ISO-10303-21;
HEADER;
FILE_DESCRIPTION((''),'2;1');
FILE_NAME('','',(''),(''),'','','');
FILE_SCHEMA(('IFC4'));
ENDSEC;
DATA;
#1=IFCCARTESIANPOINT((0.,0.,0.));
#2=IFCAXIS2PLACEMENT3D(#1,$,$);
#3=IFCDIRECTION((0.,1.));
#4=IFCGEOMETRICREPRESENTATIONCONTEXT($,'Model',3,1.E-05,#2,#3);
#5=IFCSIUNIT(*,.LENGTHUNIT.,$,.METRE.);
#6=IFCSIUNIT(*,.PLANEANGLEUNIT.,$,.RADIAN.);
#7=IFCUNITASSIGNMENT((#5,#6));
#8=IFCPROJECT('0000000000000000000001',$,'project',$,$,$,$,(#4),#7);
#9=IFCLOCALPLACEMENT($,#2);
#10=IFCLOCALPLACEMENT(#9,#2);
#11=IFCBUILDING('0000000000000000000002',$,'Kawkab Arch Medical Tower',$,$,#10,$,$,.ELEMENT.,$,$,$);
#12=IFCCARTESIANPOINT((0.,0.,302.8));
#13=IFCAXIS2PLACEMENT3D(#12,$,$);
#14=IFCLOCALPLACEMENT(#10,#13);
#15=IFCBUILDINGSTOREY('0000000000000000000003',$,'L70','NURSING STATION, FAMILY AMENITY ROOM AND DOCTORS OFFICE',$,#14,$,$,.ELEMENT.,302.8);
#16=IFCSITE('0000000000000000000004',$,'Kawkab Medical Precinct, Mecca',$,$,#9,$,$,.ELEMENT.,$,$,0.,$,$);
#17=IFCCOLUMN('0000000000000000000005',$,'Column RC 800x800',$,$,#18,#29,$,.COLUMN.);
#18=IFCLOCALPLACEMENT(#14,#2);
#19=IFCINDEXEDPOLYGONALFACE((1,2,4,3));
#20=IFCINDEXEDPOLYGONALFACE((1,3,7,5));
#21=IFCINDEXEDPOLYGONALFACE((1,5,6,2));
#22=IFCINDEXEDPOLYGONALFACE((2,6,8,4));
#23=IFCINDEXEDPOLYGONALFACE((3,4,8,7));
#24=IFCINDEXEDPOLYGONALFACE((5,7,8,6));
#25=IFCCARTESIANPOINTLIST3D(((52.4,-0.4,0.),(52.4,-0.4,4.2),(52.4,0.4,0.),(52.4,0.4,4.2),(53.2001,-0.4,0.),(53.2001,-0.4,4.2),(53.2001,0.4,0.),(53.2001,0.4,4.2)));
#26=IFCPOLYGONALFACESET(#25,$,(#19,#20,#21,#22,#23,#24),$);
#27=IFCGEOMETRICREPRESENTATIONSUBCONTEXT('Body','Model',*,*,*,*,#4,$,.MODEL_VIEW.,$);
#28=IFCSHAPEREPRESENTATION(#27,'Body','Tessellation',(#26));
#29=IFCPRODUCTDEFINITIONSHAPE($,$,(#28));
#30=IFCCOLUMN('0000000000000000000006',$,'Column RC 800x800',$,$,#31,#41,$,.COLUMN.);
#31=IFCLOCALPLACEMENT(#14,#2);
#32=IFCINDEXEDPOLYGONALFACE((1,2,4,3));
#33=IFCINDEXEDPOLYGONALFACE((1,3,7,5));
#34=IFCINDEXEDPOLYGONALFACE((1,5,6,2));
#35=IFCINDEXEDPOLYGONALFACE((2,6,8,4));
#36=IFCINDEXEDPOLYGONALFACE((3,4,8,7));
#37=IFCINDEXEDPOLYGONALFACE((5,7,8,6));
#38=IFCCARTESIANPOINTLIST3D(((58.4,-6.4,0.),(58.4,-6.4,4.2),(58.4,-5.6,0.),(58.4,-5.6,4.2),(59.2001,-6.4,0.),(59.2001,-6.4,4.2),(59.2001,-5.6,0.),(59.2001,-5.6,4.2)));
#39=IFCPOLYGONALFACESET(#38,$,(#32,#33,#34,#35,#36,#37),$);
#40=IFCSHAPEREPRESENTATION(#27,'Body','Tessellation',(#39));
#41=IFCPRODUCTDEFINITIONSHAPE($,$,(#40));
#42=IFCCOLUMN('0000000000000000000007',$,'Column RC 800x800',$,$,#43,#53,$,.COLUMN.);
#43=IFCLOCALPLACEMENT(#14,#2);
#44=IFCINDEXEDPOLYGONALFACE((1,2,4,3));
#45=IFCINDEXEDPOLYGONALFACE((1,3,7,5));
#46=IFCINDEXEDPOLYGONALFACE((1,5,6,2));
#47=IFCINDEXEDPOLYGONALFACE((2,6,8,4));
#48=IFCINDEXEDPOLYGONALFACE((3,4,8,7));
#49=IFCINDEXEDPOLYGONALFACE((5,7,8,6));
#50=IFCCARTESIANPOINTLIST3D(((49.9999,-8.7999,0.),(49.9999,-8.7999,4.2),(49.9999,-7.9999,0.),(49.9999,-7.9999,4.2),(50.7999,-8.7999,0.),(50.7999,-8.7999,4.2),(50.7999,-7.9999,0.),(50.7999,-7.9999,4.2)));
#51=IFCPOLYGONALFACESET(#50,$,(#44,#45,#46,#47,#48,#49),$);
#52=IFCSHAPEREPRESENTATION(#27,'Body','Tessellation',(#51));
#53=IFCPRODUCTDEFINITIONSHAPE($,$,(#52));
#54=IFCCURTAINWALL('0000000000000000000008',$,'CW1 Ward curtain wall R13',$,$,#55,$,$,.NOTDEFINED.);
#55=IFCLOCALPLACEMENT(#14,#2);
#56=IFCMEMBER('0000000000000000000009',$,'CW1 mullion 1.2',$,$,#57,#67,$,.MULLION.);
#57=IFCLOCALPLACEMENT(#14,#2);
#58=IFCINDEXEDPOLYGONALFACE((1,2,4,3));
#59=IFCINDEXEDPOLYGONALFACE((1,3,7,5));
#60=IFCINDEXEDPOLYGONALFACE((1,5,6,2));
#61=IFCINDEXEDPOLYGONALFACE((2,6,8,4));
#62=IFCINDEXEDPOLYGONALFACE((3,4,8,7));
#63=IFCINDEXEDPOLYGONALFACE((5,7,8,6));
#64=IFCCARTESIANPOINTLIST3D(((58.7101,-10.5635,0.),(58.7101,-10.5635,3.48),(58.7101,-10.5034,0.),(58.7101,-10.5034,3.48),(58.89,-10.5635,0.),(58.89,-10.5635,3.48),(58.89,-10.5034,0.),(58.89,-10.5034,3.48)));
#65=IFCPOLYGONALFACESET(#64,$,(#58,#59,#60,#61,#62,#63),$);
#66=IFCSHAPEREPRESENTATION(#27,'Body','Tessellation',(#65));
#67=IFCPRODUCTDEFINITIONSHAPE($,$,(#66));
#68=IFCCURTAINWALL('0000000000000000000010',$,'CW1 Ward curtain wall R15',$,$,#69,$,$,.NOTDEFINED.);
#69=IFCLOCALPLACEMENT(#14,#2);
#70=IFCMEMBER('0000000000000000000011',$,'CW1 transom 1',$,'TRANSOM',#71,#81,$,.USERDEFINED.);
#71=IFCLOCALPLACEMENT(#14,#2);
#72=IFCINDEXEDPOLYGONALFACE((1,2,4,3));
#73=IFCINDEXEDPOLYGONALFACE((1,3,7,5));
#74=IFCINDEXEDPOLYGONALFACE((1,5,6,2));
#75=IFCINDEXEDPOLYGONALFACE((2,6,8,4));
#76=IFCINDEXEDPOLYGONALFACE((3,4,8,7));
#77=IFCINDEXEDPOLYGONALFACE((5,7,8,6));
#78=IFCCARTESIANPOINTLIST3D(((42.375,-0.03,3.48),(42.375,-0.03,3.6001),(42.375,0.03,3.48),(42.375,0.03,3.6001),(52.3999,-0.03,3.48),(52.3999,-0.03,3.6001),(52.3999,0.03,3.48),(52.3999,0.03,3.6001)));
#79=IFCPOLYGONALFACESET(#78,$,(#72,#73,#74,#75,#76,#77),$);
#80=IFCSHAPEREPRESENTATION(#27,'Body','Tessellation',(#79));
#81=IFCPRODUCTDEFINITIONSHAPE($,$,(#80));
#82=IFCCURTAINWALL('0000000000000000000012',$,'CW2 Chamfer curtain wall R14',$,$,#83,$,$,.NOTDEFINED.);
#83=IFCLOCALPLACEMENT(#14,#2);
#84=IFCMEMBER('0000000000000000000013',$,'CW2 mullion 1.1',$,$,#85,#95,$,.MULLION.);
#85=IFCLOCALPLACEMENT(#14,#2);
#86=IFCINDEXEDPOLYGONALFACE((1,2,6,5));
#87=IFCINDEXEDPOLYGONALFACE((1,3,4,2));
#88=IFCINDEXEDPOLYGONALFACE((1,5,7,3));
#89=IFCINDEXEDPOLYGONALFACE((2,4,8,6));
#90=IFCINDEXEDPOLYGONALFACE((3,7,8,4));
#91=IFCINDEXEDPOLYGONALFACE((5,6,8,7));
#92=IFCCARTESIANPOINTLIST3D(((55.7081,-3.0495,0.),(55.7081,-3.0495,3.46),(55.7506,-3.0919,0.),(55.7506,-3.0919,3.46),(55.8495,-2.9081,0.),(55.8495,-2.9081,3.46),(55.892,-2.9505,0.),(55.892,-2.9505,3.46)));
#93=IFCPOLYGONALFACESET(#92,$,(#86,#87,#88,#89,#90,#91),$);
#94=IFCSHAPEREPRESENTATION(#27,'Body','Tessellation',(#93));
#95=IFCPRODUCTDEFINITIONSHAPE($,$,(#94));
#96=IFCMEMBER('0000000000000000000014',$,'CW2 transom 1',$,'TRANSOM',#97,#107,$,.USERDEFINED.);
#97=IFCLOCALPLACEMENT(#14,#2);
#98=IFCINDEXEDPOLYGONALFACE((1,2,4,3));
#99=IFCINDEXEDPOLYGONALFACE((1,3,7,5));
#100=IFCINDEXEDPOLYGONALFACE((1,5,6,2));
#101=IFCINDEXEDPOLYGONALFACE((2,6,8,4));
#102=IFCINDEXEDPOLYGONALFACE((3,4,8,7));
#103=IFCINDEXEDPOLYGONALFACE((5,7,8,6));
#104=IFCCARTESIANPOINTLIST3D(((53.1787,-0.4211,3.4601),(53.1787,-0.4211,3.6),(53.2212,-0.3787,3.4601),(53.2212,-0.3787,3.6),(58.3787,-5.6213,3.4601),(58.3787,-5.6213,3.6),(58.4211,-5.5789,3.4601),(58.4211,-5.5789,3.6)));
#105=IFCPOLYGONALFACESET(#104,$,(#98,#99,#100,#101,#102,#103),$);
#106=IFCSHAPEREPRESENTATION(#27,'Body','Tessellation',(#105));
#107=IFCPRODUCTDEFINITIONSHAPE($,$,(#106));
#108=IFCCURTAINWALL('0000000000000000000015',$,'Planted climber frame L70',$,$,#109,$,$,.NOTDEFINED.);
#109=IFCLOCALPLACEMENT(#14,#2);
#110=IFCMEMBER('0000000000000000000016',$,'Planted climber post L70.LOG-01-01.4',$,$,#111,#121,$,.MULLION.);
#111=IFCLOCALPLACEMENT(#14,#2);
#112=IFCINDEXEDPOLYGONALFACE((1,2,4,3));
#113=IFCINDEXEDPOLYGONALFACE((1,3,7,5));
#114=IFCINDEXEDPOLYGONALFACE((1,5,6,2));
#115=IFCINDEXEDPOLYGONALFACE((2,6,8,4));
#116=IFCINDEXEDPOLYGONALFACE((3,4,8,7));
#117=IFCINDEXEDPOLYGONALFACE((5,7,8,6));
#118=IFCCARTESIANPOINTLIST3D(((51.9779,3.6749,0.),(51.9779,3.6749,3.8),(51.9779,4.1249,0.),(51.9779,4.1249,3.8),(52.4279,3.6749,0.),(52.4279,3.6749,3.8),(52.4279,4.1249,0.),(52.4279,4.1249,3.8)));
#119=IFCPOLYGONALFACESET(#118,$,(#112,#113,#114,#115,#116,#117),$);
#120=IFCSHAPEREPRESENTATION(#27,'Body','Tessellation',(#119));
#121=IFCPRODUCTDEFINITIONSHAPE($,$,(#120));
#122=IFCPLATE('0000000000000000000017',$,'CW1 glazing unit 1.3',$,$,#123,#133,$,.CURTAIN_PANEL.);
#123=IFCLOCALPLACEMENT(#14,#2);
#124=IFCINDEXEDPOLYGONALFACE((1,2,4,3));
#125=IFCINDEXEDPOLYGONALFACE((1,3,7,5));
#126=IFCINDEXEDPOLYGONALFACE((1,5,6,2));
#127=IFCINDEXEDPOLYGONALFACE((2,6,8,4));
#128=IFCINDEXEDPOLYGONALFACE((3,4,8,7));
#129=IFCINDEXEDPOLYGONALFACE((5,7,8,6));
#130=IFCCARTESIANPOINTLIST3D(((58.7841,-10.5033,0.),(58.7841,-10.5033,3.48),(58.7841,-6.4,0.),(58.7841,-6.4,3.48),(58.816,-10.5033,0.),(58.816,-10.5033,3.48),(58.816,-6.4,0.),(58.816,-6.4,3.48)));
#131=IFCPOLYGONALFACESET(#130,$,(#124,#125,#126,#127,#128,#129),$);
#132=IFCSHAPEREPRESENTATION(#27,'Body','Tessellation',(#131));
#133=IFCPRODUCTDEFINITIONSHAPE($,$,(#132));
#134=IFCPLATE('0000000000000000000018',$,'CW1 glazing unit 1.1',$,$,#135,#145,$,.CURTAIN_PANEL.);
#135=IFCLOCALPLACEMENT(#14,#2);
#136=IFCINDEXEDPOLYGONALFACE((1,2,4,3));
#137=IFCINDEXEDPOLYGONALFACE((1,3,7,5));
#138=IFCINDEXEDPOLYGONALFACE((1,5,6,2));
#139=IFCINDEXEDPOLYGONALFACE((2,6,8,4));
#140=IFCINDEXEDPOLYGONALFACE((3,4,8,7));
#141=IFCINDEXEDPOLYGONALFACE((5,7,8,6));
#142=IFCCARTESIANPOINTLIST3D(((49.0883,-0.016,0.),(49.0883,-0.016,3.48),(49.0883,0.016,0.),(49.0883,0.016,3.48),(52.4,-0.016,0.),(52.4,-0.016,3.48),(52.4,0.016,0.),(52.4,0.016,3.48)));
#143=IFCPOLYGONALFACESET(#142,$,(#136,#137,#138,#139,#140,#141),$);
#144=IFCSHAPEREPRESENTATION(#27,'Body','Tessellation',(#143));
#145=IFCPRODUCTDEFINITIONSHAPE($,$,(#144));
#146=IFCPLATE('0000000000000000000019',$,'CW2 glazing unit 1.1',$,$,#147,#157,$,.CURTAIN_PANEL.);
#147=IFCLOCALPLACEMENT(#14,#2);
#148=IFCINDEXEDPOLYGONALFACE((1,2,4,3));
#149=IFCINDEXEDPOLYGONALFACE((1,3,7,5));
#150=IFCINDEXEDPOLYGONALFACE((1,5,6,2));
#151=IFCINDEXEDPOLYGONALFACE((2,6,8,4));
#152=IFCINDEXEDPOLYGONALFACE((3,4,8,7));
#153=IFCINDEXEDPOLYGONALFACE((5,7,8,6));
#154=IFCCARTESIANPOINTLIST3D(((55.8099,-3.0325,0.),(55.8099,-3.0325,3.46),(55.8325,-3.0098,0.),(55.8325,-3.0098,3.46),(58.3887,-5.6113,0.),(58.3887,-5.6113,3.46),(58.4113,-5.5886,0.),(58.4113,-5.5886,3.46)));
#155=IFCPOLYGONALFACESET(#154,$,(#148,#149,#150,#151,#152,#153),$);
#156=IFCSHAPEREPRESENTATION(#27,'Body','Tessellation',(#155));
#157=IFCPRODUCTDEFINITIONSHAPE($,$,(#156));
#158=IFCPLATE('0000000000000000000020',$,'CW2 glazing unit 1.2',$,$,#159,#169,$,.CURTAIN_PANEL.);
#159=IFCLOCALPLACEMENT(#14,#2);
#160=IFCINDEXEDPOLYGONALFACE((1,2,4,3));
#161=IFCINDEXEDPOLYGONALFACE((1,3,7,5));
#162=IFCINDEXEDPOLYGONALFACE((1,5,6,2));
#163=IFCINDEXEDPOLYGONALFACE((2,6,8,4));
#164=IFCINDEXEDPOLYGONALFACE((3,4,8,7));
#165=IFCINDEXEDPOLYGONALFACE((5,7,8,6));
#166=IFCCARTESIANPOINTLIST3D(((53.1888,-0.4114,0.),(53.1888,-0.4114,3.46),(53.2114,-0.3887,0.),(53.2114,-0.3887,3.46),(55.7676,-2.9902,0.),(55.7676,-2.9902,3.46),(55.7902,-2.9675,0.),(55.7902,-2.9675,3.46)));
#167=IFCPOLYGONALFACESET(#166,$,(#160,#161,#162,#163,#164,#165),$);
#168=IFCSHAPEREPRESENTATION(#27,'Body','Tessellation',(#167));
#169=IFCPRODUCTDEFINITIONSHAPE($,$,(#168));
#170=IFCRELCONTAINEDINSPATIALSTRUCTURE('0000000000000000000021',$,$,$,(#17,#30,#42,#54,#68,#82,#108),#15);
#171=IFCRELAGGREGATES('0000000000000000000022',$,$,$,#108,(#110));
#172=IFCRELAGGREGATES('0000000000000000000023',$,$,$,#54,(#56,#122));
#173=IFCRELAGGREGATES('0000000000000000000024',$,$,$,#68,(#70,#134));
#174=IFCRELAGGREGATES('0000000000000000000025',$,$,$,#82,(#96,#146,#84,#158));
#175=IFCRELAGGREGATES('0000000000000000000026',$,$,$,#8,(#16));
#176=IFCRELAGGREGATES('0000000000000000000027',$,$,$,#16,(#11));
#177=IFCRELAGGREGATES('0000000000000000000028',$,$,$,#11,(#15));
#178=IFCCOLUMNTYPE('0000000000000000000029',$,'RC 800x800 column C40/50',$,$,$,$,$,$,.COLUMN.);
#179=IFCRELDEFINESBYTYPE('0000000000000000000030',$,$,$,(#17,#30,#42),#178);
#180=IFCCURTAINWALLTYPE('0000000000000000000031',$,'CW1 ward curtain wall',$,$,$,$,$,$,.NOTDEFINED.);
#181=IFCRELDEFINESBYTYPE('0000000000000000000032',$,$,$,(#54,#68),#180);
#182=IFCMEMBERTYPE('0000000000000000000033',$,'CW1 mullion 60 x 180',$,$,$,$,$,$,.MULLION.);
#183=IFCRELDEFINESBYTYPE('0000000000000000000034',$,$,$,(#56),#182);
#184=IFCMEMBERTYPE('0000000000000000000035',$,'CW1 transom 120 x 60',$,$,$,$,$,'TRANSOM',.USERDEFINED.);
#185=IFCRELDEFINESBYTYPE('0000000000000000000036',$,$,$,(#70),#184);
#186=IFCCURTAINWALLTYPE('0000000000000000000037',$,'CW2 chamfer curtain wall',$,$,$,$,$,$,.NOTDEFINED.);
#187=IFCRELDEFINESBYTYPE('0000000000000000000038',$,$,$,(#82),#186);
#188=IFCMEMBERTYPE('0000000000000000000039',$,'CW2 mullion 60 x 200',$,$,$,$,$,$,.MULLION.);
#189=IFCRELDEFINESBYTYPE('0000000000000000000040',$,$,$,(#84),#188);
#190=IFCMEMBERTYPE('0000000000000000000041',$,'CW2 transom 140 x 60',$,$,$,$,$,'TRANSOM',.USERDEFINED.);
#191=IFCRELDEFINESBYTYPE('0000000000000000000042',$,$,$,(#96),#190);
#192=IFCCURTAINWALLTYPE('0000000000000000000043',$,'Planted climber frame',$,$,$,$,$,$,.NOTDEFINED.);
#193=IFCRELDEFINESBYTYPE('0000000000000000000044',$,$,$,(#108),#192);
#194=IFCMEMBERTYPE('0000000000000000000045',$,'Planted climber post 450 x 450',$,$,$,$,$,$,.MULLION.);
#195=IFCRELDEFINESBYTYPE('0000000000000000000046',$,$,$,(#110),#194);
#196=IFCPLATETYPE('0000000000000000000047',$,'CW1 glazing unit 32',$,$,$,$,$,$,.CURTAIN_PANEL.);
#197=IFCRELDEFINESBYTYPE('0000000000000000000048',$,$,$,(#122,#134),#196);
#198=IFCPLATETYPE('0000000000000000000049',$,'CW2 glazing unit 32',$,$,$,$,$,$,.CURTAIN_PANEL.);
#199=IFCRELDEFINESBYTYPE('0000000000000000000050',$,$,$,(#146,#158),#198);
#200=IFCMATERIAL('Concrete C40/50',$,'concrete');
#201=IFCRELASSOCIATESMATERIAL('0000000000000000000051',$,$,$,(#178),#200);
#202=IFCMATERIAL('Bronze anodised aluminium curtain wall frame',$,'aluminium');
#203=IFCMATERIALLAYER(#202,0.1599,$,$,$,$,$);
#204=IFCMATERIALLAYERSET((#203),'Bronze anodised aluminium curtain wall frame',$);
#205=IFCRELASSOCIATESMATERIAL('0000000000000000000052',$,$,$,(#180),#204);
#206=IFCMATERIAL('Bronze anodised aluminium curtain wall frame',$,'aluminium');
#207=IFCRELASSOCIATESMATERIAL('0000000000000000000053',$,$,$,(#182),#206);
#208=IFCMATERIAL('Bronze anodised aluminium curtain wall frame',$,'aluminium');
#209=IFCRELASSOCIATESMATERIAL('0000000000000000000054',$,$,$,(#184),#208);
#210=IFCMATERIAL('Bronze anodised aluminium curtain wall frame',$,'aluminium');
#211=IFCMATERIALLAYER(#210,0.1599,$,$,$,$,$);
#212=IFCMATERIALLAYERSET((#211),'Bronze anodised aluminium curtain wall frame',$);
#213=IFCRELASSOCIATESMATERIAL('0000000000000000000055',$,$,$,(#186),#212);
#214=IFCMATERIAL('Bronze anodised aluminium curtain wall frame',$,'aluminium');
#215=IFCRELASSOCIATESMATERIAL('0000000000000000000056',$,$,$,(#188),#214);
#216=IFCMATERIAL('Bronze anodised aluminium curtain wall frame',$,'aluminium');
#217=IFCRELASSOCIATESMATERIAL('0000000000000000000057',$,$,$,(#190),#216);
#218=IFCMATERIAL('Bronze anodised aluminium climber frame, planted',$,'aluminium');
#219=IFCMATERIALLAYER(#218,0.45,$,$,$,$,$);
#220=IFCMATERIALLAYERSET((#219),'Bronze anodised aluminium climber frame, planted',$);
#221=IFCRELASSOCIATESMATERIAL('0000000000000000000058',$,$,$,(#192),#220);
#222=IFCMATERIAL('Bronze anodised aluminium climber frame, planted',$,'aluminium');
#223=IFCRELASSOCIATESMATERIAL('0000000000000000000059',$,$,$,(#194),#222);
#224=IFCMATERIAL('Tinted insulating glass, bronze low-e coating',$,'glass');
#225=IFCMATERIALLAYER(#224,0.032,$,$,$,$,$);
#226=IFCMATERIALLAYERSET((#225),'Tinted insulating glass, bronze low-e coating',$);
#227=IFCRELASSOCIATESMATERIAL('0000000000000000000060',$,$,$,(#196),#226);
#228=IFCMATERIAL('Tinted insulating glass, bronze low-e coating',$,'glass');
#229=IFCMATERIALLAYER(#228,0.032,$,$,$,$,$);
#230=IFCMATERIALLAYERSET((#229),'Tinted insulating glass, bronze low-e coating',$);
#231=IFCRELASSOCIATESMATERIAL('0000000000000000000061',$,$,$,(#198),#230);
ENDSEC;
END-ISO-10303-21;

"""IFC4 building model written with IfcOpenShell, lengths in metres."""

from ifc_helpers import new_model, si_unit, direction, frame, origin, origin_2d, place, context, subcontext, project, spatial, rectangle, extrude, material, layer, layer_set, material_profile, profile_set, type_object, element, aggregate, save


model = new_model("IFC4")

# Units and contexts
model_context = context("Model", 3, precision=1e-05, world=origin(), true_north=direction((0.0, 1.0)))
body_context = subcontext(model_context, "Body", "Model", "MODEL_VIEW")
ifc_project = project(units=[si_unit("LENGTHUNIT", "METRE"), si_unit("PLANEANGLEUNIT", "RADIAN")], contexts=[model_context])

# Site, building, storey
site_placement = place(None, origin())
site = spatial("IfcSite", under=ifc_project, at=site_placement, Name="Kawkab Medical Precinct, Mecca", CompositionType="ELEMENT", RefElevation=0.0)
building_placement = place(site_placement, origin())
building = spatial("IfcBuilding", under=site, at=building_placement, Name="Kawkab Arch Medical Tower", CompositionType="ELEMENT")
storey_placement = place(building_placement, frame((0.0, 0.0, 302.8)))
storey = spatial("IfcBuildingStorey", under=building, at=storey_placement, Name="L70", Description="NURSING STATION, FAMILY AMENITY ROOM AND DOCTORS OFFICE", CompositionType="ELEMENT", Elevation=302.8)

# Columns
ifc_material_1 = material(Name="Concrete C40/50", Category="concrete")
ifc_material_profile_1 = material_profile(ifc_material_1, rectangle(XDim=0.8, YDim=0.8, at=origin_2d()), Name="RC 800x800")
ifc_profile_set_1 = profile_set([ifc_material_profile_1], Name="Concrete C40/50")
column_type = type_object("IfcColumnType", Name="RC 800x800 column C40/50", PredefinedType="COLUMN", material=ifc_profile_set_1)
for number, where, z_axis, x_axis, name in (
    (1, (52.8, 0.0, 0.0), (0.0, 0.0, 1.0), (1.0, 0.0, 0.0), "Column RC 800x800"),
    (2, (58.8, -6.0, 0.0), (0.0, 0.0, 1.0), (1.0, 0.0, 0.0), "Column RC 800x800"),
    (3, (50.3999, -8.3999, 0.0), (0.0, 0.0, 1.0), (1.0, 0.0, 0.0), "Column RC 800x800"),
):
    element("IfcColumn", number, at=place(storey_placement, frame(where, z_axis=z_axis, x_axis=x_axis)), inside=storey, type_object=column_type, Name=name, PredefinedType="COLUMN", context=body_context, shape_type="SweptSolid", body=[
        extrude(rectangle(XDim=0.8, YDim=0.8, at=origin_2d()), origin(), (0.0, 0.0, 1.0), 4.2),
    ])

# Curtain walls, members
ifc_material_2 = material(Name="Bronze anodised aluminium curtain wall frame", Category="aluminium")
ifc_layer_1 = layer(ifc_material_2, 0.1599)
ifc_layer_set_1 = layer_set([ifc_layer_1], Name="Bronze anodised aluminium curtain wall frame")
curtain_wall_type_1 = type_object("IfcCurtainWallType", Name="CW1 ward curtain wall", PredefinedType="NOTDEFINED", material=ifc_layer_set_1)
placement = place(storey_placement, origin())
curtain_wall_1 = element("IfcCurtainWall", 4, at=placement, inside=storey, type_object=curtain_wall_type_1, Name="CW1 Ward curtain wall R13", PredefinedType="NOTDEFINED")
ifc_material_3 = material(Name="Bronze anodised aluminium curtain wall frame", Category="aluminium")
ifc_material_profile_2 = material_profile(ifc_material_3, rectangle(XDim=0.1799, YDim=0.0601, at=origin_2d()), Name="AL 60x180")
ifc_profile_set_2 = profile_set([ifc_material_profile_2], Name="Bronze anodised aluminium curtain wall frame")
member_type_1 = type_object("IfcMemberType", Name="CW1 mullion 60 x 180", PredefinedType="MULLION", material=ifc_profile_set_2)
member_1_placement = place(storey_placement, frame((58.8, -10.5334, 0.0), z_axis=(0.0, 0.0, 1.0), x_axis=(-1.0, 0.0, 0.0)))
member_1 = element("IfcMember", 5, at=member_1_placement, type_object=member_type_1, Name="CW1 mullion 1.2", PredefinedType="MULLION", context=body_context, shape_type="SweptSolid", body=[
    extrude(rectangle(XDim=0.1799, YDim=0.0601, at=origin_2d()), origin(), (0.0, 0.0, 1.0), 3.48),
])
curtain_wall_2 = element("IfcCurtainWall", 6, at=placement, inside=storey, type_object=curtain_wall_type_1, Name="CW1 Ward curtain wall R15", PredefinedType="NOTDEFINED")
ifc_material_4 = material(Name="Bronze anodised aluminium curtain wall frame", Category="aluminium")
ifc_material_profile_3 = material_profile(ifc_material_4, rectangle(XDim=0.0601, YDim=0.1201, at=origin_2d()), Name="AL 60x120")
ifc_profile_set_3 = profile_set([ifc_material_profile_3], Name="Bronze anodised aluminium curtain wall frame")
member_type_2 = type_object("IfcMemberType", Name="CW1 transom 120 x 60", ElementType="TRANSOM", PredefinedType="USERDEFINED", material=ifc_profile_set_3)
member_2_placement = place(storey_placement, frame((52.3999, 0.0, 3.54), z_axis=(-1.0, 0.0, 0.0), x_axis=(0.0, -1.0, 0.0)))
member_2 = element("IfcMember", 7, at=member_2_placement, type_object=member_type_2, Name="CW1 transom 1", ObjectType="TRANSOM", PredefinedType="USERDEFINED", context=body_context, shape_type="SweptSolid", body=[
    extrude(rectangle(XDim=0.0601, YDim=0.1201, at=origin_2d()), origin(), (0.0, 0.0, 1.0), 10.0249),
])

# Curtain wall, members
ifc_material_5 = material(Name="Bronze anodised aluminium curtain wall frame", Category="aluminium")
ifc_layer_2 = layer(ifc_material_5, 0.1599)
ifc_layer_set_2 = layer_set([ifc_layer_2], Name="Bronze anodised aluminium curtain wall frame")
curtain_wall_type_2 = type_object("IfcCurtainWallType", Name="CW2 chamfer curtain wall", PredefinedType="NOTDEFINED", material=ifc_layer_set_2)
curtain_wall_3 = element("IfcCurtainWall", 8, at=placement, inside=storey, type_object=curtain_wall_type_2, Name="CW2 Chamfer curtain wall R14", PredefinedType="NOTDEFINED")
ifc_material_6 = material(Name="Bronze anodised aluminium curtain wall frame", Category="aluminium")
ifc_material_profile_4 = material_profile(ifc_material_6, rectangle(XDim=0.2, YDim=0.0601, at=origin_2d()), Name="AL 60x200")
ifc_profile_set_4 = profile_set([ifc_material_profile_4], Name="Bronze anodised aluminium curtain wall frame")
member_type_3 = type_object("IfcMemberType", Name="CW2 mullion 60 x 200", PredefinedType="MULLION", material=ifc_profile_set_4)
member_3_placement = place(storey_placement, frame((55.8, -3.0, 0.0), z_axis=(0.0, 0.0, 1.0), x_axis=(-0.707107, -0.707107, 0.0)))
member_3 = element("IfcMember", 9, at=member_3_placement, type_object=member_type_3, Name="CW2 mullion 1.1", PredefinedType="MULLION", context=body_context, shape_type="SweptSolid", body=[
    extrude(rectangle(XDim=0.2, YDim=0.0601, at=origin_2d()), origin(), (0.0, 0.0, 1.0), 3.46),
])
ifc_material_7 = material(Name="Bronze anodised aluminium curtain wall frame", Category="aluminium")
ifc_material_profile_5 = material_profile(ifc_material_7, rectangle(XDim=0.0601, YDim=0.1399, at=origin_2d()), Name="AL 60x140")
ifc_profile_set_5 = profile_set([ifc_material_profile_5], Name="Bronze anodised aluminium curtain wall frame")
member_type_4 = type_object("IfcMemberType", Name="CW2 transom 140 x 60", ElementType="TRANSOM", PredefinedType="USERDEFINED", material=ifc_profile_set_5)
member_4_placement = place(storey_placement, frame((58.3999, -5.6001, 3.53), z_axis=(-0.70709, 0.707123, 0.0), x_axis=(-0.707123, -0.70709, 0.0)))
member_4 = element("IfcMember", 10, at=member_4_placement, type_object=member_type_4, Name="CW2 transom 1", ObjectType="TRANSOM", PredefinedType="USERDEFINED", context=body_context, shape_type="SweptSolid", body=[
    extrude(rectangle(XDim=0.0601, YDim=0.1399, at=origin_2d()), origin(), (0.0, 0.0, 1.0), 7.354),
])

# Curtain wall, member
ifc_material_8 = material(Name="Bronze anodised aluminium climber frame, planted", Category="aluminium")
ifc_layer_3 = layer(ifc_material_8, 0.45)
ifc_layer_set_3 = layer_set([ifc_layer_3], Name="Bronze anodised aluminium climber frame, planted")
curtain_wall_type_3 = type_object("IfcCurtainWallType", Name="Planted climber frame", PredefinedType="NOTDEFINED", material=ifc_layer_set_3)
curtain_wall_4 = element("IfcCurtainWall", 11, at=placement, inside=storey, type_object=curtain_wall_type_3, Name="Planted climber frame L70", PredefinedType="NOTDEFINED")
ifc_material_9 = material(Name="Bronze anodised aluminium climber frame, planted", Category="aluminium")
ifc_material_profile_6 = material_profile(ifc_material_9, rectangle(XDim=0.45, YDim=0.45, at=origin_2d()), Name="Post 450x450")
ifc_profile_set_6 = profile_set([ifc_material_profile_6], Name="Bronze anodised aluminium climber frame, planted")
member_type_5 = type_object("IfcMemberType", Name="Planted climber post 450 x 450", PredefinedType="MULLION", material=ifc_profile_set_6)
member_5_placement = place(storey_placement, frame((52.2029, 3.8999, 0.0), z_axis=(0.0, 0.0, 1.0), x_axis=(1.0, 0.0, 0.0)))
member_5 = element("IfcMember", 12, at=member_5_placement, type_object=member_type_5, Name="Planted climber post L70.LOG-01-01.4", PredefinedType="MULLION", context=body_context, shape_type="SweptSolid", body=[
    extrude(rectangle(XDim=0.45, YDim=0.45, at=origin_2d()), origin(), (0.0, 0.0, 1.0), 3.8),
])
aggregate(curtain_wall_4, [member_5])

# Plates
ifc_material_10 = material(Name="Tinted insulating glass, bronze low-e coating", Category="glass")
ifc_layer_4 = layer(ifc_material_10, 0.032)
ifc_layer_set_4 = layer_set([ifc_layer_4], Name="Tinted insulating glass, bronze low-e coating")
plate_type_1 = type_object("IfcPlateType", Name="CW1 glazing unit 32", PredefinedType="CURTAIN_PANEL", material=ifc_layer_set_4)
plate_1_placement = place(storey_placement, frame((58.8, -8.4517, 0.0), z_axis=(0.0, 0.0, 1.0), x_axis=(0.0, 1.0, 0.0)))
plate_1 = element("IfcPlate", 13, at=plate_1_placement, type_object=plate_type_1, Name="CW1 glazing unit 1.3", PredefinedType="CURTAIN_PANEL", context=body_context, shape_type="SweptSolid", body=[
    extrude(rectangle(XDim=4.1033, YDim=0.032, at=origin_2d()), origin(), (0.0, 0.0, 1.0), 3.48),
])
aggregate(curtain_wall_1, [member_1, plate_1])
plate_2_placement = place(storey_placement, frame((50.7441, 0.0, 0.0), z_axis=(0.0, 0.0, 1.0), x_axis=(-1.0, 0.0, 0.0)))
plate_2 = element("IfcPlate", 14, at=plate_2_placement, type_object=plate_type_1, Name="CW1 glazing unit 1.1", PredefinedType="CURTAIN_PANEL", context=body_context, shape_type="SweptSolid", body=[
    extrude(rectangle(XDim=3.3118, YDim=0.032, at=origin_2d()), origin(), (0.0, 0.0, 1.0), 3.48),
])
aggregate(curtain_wall_2, [member_2, plate_2])
ifc_material_11 = material(Name="Tinted insulating glass, bronze low-e coating", Category="glass")
ifc_layer_5 = layer(ifc_material_11, 0.032)
ifc_layer_set_5 = layer_set([ifc_layer_5], Name="Tinted insulating glass, bronze low-e coating")
plate_type_2 = type_object("IfcPlateType", Name="CW2 glazing unit 32", PredefinedType="CURTAIN_PANEL", material=ifc_layer_set_5)
plate_3_placement = place(storey_placement, frame((57.1106, -4.3105, 0.0), z_axis=(0.0, 0.0, 1.0), x_axis=(-0.707107, 0.707107, 0.0)))
plate_3 = element("IfcPlate", 15, at=plate_3_placement, type_object=plate_type_2, Name="CW2 glazing unit 1.1", PredefinedType="CURTAIN_PANEL", context=body_context, shape_type="SweptSolid", body=[
    extrude(rectangle(XDim=3.647, YDim=0.032, at=origin_2d()), origin(), (0.0, 0.0, 1.0), 3.46),
])
plate_4_placement = place(storey_placement, frame((54.4895, -1.6895, 0.0), z_axis=(0.0, 0.0, 1.0), x_axis=(-0.707107, 0.707107, 0.0)))
plate_4 = element("IfcPlate", 16, at=plate_4_placement, type_object=plate_type_2, Name="CW2 glazing unit 1.2", PredefinedType="CURTAIN_PANEL", context=body_context, shape_type="SweptSolid", body=[
    extrude(rectangle(XDim=3.647, YDim=0.032, at=origin_2d()), origin(), (0.0, 0.0, 1.0), 3.46),
])
aggregate(curtain_wall_3, [member_4, plate_3, member_3, plate_4])

save(model, "model.ifc")
